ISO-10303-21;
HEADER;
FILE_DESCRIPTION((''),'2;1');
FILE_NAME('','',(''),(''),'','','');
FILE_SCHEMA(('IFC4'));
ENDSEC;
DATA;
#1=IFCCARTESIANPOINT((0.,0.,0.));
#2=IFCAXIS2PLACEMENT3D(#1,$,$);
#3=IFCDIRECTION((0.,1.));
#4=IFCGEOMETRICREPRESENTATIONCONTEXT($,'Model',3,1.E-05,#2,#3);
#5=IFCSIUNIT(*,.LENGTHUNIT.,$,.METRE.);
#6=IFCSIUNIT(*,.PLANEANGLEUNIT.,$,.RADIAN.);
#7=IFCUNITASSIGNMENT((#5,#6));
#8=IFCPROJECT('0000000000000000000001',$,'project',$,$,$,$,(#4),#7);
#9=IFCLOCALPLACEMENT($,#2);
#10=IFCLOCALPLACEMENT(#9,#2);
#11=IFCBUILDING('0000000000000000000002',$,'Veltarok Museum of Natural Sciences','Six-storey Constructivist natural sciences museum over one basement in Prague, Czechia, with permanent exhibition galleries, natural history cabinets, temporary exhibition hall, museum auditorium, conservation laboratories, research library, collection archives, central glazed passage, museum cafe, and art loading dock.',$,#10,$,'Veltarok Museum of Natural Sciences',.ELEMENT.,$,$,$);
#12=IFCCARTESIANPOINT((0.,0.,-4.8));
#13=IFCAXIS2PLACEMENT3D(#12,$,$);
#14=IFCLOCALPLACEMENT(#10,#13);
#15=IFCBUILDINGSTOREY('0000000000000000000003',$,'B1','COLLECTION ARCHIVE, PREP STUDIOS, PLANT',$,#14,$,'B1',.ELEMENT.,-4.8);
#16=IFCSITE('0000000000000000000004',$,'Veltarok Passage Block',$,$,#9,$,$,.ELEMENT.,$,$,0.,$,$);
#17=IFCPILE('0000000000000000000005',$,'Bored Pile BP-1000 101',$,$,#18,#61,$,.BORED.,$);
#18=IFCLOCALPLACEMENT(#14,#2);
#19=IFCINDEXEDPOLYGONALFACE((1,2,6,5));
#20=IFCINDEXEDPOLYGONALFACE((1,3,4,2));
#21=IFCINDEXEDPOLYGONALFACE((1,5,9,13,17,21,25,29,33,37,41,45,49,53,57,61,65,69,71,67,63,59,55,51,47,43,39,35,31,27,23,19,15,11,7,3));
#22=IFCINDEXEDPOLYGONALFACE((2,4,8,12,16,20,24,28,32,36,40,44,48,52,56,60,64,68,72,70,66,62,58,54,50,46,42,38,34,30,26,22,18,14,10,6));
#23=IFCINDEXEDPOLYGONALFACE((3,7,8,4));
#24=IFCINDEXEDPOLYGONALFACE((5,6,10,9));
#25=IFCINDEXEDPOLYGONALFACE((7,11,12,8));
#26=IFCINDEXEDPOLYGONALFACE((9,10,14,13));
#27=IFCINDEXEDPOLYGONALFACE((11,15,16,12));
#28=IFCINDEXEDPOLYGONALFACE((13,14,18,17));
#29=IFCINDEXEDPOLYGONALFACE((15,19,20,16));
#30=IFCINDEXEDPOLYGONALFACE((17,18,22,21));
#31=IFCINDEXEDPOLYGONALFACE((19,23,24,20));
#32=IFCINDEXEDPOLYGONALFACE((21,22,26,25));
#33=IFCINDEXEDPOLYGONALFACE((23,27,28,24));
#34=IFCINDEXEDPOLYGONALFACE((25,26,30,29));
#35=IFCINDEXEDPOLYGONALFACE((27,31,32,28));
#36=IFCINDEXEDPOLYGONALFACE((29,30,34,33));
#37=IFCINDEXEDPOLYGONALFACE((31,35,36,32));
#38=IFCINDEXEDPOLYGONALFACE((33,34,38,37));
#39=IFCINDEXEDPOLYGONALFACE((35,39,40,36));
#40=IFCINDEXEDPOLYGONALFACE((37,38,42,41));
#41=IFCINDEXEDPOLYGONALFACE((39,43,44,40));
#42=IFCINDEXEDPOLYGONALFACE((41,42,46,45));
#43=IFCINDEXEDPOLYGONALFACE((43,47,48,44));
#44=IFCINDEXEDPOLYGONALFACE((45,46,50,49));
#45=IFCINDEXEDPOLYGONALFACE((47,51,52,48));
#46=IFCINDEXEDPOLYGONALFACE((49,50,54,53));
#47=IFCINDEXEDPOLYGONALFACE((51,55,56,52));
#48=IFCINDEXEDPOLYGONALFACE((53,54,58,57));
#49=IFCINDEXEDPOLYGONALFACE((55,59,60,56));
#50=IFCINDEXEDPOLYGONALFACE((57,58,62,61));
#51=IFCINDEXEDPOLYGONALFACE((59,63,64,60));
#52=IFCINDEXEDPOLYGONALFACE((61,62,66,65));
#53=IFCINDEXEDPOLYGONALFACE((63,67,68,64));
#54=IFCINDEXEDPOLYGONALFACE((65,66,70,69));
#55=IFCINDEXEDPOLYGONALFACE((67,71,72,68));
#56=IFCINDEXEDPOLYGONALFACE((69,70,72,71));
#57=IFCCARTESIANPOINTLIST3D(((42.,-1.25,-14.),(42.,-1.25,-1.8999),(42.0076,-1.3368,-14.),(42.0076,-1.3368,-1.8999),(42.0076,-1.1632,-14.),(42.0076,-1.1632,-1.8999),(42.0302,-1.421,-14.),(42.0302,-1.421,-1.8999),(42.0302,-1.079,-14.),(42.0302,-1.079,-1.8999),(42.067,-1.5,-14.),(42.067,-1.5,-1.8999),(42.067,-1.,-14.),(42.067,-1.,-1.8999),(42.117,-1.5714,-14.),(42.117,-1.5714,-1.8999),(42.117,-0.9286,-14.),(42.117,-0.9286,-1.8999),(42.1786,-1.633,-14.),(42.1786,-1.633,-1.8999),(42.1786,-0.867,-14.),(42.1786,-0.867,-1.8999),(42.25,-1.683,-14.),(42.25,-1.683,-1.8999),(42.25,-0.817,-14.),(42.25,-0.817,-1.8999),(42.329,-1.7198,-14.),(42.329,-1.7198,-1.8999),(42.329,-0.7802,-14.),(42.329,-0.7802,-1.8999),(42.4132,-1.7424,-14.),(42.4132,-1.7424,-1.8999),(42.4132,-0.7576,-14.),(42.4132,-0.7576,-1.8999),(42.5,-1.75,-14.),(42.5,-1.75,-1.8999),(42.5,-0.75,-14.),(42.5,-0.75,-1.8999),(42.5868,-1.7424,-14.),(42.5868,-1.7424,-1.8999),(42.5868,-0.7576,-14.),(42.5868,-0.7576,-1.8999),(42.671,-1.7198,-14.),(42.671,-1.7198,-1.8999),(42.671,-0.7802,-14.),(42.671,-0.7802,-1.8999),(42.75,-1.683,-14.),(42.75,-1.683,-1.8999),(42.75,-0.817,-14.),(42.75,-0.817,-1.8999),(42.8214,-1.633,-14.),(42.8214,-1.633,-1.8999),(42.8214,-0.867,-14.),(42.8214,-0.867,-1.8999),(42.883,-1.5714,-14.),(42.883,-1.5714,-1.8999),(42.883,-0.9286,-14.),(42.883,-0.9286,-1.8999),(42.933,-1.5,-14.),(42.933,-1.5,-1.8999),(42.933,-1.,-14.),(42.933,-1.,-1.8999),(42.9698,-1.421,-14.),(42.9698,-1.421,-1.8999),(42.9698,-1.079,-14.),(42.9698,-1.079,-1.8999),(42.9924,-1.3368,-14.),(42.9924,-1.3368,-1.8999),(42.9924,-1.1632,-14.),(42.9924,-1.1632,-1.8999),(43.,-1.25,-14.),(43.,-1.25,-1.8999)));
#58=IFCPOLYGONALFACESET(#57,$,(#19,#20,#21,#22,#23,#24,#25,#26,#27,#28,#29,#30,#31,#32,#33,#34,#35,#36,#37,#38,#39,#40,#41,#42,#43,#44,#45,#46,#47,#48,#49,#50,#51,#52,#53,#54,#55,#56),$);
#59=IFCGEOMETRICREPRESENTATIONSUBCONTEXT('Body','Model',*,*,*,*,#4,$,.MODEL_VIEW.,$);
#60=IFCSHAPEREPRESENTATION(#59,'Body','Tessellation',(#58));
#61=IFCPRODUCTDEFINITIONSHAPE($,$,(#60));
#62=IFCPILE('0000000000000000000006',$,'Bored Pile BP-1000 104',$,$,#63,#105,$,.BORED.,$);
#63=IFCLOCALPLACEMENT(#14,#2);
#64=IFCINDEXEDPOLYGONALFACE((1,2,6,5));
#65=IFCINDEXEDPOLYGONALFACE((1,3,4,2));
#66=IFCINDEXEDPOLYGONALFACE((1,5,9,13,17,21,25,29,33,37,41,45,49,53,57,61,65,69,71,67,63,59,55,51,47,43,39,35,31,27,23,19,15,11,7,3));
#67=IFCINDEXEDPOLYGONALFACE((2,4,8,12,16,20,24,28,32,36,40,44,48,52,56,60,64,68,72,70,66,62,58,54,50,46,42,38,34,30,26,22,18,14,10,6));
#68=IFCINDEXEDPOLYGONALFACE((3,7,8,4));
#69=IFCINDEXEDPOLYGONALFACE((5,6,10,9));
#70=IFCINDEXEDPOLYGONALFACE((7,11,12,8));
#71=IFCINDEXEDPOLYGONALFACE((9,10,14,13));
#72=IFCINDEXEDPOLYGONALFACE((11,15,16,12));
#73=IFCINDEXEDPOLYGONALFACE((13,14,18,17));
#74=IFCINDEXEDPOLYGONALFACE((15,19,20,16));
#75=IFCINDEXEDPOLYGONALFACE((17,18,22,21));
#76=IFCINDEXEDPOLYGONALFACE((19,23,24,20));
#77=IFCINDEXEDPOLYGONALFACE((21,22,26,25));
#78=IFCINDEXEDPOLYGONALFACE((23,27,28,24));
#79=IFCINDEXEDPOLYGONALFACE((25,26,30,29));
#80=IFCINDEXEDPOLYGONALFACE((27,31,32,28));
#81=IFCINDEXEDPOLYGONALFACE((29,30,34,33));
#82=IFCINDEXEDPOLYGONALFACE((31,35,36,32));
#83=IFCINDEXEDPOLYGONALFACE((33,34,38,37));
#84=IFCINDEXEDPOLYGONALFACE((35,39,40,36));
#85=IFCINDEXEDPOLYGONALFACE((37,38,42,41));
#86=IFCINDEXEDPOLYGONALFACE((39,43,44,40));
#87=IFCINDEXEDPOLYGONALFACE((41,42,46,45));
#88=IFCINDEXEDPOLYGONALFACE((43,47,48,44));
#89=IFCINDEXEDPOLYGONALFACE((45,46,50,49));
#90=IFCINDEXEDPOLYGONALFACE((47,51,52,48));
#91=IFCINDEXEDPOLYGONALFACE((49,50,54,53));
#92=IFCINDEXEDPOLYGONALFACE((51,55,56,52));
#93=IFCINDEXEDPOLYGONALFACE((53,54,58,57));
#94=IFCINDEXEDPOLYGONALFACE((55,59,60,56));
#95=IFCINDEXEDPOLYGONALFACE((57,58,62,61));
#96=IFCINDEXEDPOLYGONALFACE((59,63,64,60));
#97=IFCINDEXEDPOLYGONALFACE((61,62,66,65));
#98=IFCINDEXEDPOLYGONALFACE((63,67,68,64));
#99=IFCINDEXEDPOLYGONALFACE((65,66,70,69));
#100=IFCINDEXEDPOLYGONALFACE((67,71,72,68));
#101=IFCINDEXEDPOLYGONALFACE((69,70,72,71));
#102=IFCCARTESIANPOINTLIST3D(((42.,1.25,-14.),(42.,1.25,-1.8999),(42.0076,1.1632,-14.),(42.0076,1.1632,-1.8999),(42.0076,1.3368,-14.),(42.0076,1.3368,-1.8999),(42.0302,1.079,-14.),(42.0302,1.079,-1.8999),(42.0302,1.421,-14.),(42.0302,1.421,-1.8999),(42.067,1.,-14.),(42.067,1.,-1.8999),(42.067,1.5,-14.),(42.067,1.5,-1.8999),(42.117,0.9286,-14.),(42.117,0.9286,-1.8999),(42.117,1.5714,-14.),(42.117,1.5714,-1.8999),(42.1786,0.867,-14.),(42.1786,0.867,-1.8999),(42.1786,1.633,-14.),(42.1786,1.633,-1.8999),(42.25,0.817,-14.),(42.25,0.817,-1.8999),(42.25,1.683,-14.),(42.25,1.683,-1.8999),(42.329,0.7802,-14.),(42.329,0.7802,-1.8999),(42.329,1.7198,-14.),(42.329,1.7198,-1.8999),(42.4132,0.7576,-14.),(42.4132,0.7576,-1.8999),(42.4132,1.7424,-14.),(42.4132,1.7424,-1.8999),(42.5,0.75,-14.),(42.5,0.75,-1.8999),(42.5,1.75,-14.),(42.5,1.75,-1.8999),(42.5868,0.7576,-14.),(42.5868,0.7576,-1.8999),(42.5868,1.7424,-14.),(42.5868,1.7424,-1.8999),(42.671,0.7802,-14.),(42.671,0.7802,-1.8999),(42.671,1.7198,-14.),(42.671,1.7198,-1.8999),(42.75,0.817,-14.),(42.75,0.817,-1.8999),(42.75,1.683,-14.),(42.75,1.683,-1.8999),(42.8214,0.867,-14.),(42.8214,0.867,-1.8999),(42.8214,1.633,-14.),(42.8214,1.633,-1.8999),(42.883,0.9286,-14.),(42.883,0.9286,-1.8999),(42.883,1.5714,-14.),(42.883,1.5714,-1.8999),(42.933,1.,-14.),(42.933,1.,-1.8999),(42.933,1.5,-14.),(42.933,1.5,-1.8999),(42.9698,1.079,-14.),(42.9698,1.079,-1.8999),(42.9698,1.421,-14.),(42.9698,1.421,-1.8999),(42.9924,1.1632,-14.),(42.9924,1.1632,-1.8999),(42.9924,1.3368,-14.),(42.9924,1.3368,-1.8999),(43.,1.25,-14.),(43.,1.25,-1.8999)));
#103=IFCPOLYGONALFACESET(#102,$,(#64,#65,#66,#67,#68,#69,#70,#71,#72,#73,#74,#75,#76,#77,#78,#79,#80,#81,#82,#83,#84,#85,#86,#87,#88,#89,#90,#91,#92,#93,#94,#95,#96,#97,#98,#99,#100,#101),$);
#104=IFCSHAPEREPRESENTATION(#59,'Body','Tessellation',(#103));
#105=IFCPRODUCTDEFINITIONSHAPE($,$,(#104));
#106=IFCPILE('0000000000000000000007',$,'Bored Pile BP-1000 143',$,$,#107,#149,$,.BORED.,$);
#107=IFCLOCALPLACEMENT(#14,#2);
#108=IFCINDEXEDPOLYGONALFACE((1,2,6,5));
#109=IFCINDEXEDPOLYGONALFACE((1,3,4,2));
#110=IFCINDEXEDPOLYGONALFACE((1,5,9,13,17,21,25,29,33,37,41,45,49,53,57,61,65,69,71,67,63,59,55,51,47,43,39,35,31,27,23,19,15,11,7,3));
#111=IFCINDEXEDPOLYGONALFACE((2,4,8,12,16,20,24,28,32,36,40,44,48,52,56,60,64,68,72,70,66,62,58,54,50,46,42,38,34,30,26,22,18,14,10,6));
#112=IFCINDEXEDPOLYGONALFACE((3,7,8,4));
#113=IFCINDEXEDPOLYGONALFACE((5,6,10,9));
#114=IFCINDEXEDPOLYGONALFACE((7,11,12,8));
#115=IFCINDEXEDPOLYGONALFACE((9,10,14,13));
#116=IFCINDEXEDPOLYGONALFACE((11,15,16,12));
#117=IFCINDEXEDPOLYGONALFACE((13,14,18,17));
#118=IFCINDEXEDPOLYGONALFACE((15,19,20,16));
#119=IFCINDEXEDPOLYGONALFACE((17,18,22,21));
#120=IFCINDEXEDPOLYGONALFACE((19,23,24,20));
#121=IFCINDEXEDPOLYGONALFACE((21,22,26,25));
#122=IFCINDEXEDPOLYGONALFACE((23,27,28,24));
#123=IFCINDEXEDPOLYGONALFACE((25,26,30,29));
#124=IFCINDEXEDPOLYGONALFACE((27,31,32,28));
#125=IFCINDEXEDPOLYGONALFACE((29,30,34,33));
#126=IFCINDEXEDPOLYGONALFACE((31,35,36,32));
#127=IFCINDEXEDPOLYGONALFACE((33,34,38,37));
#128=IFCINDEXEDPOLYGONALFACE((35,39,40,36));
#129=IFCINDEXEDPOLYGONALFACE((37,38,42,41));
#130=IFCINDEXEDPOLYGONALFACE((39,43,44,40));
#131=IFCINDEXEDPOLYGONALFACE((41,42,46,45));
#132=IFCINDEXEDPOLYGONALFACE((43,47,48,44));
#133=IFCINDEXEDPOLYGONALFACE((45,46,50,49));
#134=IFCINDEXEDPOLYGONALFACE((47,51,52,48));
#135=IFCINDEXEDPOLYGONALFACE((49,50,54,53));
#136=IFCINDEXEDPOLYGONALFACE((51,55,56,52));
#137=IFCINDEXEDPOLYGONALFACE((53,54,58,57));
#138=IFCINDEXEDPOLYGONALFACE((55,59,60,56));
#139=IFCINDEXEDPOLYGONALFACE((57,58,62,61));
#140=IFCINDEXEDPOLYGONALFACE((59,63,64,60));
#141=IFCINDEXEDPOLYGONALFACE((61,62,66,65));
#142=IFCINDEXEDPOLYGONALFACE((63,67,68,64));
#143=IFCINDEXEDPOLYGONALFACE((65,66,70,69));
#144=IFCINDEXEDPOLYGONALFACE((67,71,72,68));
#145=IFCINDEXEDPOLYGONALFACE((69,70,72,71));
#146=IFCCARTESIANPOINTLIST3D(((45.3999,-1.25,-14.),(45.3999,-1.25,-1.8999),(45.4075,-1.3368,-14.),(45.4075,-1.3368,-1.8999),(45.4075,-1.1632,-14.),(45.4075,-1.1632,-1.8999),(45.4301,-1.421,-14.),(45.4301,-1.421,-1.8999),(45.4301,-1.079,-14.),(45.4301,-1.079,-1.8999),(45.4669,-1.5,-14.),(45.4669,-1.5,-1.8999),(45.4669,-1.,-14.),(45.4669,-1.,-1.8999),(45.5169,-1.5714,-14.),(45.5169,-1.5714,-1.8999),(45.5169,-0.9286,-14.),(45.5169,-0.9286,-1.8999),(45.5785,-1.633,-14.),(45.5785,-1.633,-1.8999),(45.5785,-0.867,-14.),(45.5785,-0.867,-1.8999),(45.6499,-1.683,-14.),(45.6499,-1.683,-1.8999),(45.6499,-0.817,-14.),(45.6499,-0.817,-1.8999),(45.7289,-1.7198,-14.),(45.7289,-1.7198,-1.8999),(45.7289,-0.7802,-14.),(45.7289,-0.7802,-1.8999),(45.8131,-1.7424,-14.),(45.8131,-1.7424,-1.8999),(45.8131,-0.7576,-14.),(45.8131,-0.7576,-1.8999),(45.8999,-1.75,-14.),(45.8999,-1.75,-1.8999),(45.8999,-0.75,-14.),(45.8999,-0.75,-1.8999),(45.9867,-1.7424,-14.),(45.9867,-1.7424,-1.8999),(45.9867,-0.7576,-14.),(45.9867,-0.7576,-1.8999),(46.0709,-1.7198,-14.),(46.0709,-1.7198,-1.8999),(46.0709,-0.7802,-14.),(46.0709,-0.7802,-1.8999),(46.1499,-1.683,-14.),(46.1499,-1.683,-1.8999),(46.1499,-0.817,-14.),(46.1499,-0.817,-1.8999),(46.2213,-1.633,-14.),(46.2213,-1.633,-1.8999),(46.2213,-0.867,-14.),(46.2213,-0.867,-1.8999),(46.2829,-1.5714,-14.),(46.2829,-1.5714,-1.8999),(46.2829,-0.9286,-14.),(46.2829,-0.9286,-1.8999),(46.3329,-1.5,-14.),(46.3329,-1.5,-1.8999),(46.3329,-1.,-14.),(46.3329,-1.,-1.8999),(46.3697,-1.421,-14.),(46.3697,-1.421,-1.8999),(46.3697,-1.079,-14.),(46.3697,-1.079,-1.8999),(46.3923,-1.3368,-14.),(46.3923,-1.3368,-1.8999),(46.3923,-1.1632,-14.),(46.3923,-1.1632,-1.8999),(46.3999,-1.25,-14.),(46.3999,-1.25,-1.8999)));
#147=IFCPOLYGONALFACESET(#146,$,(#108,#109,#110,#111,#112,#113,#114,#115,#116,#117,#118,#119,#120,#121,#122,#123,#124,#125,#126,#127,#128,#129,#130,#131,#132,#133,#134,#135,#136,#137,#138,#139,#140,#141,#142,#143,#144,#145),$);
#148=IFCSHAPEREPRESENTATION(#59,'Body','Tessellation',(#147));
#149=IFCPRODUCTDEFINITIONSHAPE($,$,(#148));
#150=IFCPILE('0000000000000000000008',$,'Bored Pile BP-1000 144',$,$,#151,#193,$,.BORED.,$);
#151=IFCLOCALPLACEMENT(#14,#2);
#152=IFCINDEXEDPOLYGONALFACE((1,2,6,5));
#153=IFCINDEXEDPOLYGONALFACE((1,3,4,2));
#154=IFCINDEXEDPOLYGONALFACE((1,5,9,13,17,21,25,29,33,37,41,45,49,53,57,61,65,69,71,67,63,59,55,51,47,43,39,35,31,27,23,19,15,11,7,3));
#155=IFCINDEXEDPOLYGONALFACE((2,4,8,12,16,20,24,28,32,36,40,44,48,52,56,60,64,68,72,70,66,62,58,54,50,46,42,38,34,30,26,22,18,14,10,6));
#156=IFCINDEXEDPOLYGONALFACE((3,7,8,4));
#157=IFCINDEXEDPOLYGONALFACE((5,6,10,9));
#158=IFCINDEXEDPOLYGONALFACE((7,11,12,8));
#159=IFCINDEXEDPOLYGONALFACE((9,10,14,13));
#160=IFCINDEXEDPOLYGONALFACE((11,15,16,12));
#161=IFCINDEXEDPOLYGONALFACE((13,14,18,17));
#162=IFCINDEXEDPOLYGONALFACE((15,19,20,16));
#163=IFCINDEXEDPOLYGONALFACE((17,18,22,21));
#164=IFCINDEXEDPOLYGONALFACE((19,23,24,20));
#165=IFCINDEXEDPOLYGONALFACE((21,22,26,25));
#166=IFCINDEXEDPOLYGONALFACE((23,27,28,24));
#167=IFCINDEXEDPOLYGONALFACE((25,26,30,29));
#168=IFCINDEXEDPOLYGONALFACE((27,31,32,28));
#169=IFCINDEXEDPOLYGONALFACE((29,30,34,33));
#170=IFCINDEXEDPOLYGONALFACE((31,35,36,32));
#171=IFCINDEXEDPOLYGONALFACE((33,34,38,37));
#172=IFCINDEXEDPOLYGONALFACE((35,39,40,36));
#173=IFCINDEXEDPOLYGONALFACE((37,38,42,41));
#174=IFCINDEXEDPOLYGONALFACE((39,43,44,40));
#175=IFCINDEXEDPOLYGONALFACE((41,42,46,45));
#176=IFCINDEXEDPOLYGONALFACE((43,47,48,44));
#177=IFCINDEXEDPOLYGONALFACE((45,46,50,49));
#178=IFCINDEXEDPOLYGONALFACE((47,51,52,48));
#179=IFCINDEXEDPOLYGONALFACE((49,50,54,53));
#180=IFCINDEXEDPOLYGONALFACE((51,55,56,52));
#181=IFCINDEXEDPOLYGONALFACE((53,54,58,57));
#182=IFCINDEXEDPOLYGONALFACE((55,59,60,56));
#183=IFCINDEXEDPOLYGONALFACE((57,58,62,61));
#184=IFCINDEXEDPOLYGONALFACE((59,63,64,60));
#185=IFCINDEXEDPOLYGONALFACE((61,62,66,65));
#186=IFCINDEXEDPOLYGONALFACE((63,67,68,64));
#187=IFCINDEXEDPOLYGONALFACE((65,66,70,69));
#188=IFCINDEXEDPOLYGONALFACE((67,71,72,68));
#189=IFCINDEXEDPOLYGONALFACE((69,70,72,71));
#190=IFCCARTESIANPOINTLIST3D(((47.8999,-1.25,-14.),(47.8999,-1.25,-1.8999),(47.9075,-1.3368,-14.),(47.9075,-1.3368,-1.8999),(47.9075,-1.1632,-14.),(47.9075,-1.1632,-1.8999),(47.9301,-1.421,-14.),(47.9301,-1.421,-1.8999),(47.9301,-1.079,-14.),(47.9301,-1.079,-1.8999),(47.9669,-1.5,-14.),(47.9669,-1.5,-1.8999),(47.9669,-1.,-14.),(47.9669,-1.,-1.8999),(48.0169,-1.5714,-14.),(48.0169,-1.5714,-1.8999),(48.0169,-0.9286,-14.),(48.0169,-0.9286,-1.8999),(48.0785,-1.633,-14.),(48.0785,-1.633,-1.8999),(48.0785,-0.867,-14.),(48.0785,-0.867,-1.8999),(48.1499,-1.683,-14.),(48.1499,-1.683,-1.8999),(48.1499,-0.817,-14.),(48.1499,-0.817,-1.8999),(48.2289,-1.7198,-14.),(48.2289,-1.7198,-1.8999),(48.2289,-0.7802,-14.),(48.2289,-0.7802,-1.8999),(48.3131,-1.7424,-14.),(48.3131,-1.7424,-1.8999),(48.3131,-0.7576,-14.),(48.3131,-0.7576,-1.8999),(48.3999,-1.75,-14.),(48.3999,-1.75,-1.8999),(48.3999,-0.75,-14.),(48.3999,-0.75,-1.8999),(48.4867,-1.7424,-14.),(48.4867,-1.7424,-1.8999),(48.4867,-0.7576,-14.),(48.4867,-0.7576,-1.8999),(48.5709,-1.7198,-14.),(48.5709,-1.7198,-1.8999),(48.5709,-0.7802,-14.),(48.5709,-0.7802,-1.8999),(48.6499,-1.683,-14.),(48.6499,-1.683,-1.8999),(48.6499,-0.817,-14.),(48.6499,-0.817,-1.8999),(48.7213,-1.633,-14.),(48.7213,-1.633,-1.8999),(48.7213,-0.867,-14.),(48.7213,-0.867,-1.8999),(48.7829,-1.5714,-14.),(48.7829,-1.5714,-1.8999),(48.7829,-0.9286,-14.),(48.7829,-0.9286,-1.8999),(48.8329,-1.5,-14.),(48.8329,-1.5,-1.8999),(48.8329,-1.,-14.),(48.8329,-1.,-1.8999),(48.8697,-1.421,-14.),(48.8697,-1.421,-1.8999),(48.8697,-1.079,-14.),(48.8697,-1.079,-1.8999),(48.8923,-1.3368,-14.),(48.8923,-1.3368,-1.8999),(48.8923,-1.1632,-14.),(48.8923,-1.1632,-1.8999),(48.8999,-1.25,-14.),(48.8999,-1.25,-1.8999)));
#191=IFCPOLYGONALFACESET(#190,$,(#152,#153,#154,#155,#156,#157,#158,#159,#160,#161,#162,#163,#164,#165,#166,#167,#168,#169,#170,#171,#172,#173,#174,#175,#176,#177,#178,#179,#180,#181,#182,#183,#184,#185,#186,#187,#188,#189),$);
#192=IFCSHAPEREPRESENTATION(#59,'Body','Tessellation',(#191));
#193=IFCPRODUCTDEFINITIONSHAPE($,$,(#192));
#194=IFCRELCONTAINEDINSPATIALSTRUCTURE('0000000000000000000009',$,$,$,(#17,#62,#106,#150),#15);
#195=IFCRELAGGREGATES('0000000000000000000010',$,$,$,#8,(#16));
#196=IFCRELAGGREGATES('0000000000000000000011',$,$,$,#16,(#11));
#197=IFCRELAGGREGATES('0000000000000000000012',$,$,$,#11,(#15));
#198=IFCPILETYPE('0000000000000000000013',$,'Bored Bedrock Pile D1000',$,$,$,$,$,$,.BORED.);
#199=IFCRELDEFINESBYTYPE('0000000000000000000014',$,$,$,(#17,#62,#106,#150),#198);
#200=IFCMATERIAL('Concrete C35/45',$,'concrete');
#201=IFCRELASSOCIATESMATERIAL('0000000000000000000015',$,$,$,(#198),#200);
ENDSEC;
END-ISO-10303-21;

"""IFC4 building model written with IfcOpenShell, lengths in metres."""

from ifc_helpers import new_model, si_unit, direction, frame, origin, origin_2d, place, context, subcontext, project, spatial, circle, extrude, material, material_profile, profile_set, type_object, element, save


model = new_model("IFC4")

# Units and contexts
model_context = context("Model", 3, precision=1e-05, world=origin(), true_north=direction((0.0, 1.0)))
body_context = subcontext(model_context, "Body", "Model", "MODEL_VIEW")
ifc_project = project(units=[si_unit("LENGTHUNIT", "METRE"), si_unit("PLANEANGLEUNIT", "RADIAN")], contexts=[model_context])

# Site, building, storey
site_placement = place(None, origin())
site = spatial("IfcSite", under=ifc_project, at=site_placement, Name="Veltarok Passage Block", CompositionType="ELEMENT", RefElevation=0.0)
building_placement = place(site_placement, origin())
building = spatial("IfcBuilding", under=site, at=building_placement, Name="Veltarok Museum of Natural Sciences", Description="Six-storey Constructivist natural sciences museum over one basement in Prague, Czechia, with permanent exhibition galleries, natural history cabinets, temporary exhibition hall, museum auditorium, conservation laboratories, research library, collection archives, central glazed passage, museum cafe, and art loading dock.", LongName="Veltarok Museum of Natural Sciences", CompositionType="ELEMENT")
storey_placement = place(building_placement, frame((0.0, 0.0, -4.8)))
storey = spatial("IfcBuildingStorey", under=building, at=storey_placement, Name="B1", Description="COLLECTION ARCHIVE, PREP STUDIOS, PLANT", LongName="B1", CompositionType="ELEMENT", Elevation=-4.8)

# Piles
ifc_material_1 = material(Name="Concrete C35/45", Category="concrete")
ifc_material_profile_1 = material_profile(ifc_material_1, circle(Radius=0.5, at=origin_2d()), Name="BP D1000")
ifc_profile_set_1 = profile_set([ifc_material_profile_1], Name="Concrete C35/45")
pile_type = type_object("IfcPileType", Name="Bored Bedrock Pile D1000", PredefinedType="BORED", material=ifc_profile_set_1)
for number, where, z_axis, x_axis, name in (
    (1, (42.5, -1.25, -1.8999), (0.0, 0.0, -1.0), (1.0, 0.0, 0.0), "Bored Pile BP-1000 101"),
    (2, (42.5, 1.25, -1.8999), (0.0, 0.0, -1.0), (1.0, 0.0, 0.0), "Bored Pile BP-1000 104"),
    (3, (45.8999, -1.25, -1.8999), (0.0, 0.0, -1.0), (1.0, 0.0, 0.0), "Bored Pile BP-1000 143"),
    (4, (48.3999, -1.25, -1.8999), (0.0, 0.0, -1.0), (1.0, 0.0, 0.0), "Bored Pile BP-1000 144"),
):
    element("IfcPile", number, at=place(storey_placement, frame(where, z_axis=z_axis, x_axis=x_axis)), inside=storey, type_object=pile_type, Name=name, PredefinedType="BORED", context=body_context, shape_type="SweptSolid", body=[
        extrude(circle(Radius=0.5, at=origin_2d()), origin(), (0.0, 0.0, 1.0), 12.1001),
    ])

save(model, "model.ifc")
